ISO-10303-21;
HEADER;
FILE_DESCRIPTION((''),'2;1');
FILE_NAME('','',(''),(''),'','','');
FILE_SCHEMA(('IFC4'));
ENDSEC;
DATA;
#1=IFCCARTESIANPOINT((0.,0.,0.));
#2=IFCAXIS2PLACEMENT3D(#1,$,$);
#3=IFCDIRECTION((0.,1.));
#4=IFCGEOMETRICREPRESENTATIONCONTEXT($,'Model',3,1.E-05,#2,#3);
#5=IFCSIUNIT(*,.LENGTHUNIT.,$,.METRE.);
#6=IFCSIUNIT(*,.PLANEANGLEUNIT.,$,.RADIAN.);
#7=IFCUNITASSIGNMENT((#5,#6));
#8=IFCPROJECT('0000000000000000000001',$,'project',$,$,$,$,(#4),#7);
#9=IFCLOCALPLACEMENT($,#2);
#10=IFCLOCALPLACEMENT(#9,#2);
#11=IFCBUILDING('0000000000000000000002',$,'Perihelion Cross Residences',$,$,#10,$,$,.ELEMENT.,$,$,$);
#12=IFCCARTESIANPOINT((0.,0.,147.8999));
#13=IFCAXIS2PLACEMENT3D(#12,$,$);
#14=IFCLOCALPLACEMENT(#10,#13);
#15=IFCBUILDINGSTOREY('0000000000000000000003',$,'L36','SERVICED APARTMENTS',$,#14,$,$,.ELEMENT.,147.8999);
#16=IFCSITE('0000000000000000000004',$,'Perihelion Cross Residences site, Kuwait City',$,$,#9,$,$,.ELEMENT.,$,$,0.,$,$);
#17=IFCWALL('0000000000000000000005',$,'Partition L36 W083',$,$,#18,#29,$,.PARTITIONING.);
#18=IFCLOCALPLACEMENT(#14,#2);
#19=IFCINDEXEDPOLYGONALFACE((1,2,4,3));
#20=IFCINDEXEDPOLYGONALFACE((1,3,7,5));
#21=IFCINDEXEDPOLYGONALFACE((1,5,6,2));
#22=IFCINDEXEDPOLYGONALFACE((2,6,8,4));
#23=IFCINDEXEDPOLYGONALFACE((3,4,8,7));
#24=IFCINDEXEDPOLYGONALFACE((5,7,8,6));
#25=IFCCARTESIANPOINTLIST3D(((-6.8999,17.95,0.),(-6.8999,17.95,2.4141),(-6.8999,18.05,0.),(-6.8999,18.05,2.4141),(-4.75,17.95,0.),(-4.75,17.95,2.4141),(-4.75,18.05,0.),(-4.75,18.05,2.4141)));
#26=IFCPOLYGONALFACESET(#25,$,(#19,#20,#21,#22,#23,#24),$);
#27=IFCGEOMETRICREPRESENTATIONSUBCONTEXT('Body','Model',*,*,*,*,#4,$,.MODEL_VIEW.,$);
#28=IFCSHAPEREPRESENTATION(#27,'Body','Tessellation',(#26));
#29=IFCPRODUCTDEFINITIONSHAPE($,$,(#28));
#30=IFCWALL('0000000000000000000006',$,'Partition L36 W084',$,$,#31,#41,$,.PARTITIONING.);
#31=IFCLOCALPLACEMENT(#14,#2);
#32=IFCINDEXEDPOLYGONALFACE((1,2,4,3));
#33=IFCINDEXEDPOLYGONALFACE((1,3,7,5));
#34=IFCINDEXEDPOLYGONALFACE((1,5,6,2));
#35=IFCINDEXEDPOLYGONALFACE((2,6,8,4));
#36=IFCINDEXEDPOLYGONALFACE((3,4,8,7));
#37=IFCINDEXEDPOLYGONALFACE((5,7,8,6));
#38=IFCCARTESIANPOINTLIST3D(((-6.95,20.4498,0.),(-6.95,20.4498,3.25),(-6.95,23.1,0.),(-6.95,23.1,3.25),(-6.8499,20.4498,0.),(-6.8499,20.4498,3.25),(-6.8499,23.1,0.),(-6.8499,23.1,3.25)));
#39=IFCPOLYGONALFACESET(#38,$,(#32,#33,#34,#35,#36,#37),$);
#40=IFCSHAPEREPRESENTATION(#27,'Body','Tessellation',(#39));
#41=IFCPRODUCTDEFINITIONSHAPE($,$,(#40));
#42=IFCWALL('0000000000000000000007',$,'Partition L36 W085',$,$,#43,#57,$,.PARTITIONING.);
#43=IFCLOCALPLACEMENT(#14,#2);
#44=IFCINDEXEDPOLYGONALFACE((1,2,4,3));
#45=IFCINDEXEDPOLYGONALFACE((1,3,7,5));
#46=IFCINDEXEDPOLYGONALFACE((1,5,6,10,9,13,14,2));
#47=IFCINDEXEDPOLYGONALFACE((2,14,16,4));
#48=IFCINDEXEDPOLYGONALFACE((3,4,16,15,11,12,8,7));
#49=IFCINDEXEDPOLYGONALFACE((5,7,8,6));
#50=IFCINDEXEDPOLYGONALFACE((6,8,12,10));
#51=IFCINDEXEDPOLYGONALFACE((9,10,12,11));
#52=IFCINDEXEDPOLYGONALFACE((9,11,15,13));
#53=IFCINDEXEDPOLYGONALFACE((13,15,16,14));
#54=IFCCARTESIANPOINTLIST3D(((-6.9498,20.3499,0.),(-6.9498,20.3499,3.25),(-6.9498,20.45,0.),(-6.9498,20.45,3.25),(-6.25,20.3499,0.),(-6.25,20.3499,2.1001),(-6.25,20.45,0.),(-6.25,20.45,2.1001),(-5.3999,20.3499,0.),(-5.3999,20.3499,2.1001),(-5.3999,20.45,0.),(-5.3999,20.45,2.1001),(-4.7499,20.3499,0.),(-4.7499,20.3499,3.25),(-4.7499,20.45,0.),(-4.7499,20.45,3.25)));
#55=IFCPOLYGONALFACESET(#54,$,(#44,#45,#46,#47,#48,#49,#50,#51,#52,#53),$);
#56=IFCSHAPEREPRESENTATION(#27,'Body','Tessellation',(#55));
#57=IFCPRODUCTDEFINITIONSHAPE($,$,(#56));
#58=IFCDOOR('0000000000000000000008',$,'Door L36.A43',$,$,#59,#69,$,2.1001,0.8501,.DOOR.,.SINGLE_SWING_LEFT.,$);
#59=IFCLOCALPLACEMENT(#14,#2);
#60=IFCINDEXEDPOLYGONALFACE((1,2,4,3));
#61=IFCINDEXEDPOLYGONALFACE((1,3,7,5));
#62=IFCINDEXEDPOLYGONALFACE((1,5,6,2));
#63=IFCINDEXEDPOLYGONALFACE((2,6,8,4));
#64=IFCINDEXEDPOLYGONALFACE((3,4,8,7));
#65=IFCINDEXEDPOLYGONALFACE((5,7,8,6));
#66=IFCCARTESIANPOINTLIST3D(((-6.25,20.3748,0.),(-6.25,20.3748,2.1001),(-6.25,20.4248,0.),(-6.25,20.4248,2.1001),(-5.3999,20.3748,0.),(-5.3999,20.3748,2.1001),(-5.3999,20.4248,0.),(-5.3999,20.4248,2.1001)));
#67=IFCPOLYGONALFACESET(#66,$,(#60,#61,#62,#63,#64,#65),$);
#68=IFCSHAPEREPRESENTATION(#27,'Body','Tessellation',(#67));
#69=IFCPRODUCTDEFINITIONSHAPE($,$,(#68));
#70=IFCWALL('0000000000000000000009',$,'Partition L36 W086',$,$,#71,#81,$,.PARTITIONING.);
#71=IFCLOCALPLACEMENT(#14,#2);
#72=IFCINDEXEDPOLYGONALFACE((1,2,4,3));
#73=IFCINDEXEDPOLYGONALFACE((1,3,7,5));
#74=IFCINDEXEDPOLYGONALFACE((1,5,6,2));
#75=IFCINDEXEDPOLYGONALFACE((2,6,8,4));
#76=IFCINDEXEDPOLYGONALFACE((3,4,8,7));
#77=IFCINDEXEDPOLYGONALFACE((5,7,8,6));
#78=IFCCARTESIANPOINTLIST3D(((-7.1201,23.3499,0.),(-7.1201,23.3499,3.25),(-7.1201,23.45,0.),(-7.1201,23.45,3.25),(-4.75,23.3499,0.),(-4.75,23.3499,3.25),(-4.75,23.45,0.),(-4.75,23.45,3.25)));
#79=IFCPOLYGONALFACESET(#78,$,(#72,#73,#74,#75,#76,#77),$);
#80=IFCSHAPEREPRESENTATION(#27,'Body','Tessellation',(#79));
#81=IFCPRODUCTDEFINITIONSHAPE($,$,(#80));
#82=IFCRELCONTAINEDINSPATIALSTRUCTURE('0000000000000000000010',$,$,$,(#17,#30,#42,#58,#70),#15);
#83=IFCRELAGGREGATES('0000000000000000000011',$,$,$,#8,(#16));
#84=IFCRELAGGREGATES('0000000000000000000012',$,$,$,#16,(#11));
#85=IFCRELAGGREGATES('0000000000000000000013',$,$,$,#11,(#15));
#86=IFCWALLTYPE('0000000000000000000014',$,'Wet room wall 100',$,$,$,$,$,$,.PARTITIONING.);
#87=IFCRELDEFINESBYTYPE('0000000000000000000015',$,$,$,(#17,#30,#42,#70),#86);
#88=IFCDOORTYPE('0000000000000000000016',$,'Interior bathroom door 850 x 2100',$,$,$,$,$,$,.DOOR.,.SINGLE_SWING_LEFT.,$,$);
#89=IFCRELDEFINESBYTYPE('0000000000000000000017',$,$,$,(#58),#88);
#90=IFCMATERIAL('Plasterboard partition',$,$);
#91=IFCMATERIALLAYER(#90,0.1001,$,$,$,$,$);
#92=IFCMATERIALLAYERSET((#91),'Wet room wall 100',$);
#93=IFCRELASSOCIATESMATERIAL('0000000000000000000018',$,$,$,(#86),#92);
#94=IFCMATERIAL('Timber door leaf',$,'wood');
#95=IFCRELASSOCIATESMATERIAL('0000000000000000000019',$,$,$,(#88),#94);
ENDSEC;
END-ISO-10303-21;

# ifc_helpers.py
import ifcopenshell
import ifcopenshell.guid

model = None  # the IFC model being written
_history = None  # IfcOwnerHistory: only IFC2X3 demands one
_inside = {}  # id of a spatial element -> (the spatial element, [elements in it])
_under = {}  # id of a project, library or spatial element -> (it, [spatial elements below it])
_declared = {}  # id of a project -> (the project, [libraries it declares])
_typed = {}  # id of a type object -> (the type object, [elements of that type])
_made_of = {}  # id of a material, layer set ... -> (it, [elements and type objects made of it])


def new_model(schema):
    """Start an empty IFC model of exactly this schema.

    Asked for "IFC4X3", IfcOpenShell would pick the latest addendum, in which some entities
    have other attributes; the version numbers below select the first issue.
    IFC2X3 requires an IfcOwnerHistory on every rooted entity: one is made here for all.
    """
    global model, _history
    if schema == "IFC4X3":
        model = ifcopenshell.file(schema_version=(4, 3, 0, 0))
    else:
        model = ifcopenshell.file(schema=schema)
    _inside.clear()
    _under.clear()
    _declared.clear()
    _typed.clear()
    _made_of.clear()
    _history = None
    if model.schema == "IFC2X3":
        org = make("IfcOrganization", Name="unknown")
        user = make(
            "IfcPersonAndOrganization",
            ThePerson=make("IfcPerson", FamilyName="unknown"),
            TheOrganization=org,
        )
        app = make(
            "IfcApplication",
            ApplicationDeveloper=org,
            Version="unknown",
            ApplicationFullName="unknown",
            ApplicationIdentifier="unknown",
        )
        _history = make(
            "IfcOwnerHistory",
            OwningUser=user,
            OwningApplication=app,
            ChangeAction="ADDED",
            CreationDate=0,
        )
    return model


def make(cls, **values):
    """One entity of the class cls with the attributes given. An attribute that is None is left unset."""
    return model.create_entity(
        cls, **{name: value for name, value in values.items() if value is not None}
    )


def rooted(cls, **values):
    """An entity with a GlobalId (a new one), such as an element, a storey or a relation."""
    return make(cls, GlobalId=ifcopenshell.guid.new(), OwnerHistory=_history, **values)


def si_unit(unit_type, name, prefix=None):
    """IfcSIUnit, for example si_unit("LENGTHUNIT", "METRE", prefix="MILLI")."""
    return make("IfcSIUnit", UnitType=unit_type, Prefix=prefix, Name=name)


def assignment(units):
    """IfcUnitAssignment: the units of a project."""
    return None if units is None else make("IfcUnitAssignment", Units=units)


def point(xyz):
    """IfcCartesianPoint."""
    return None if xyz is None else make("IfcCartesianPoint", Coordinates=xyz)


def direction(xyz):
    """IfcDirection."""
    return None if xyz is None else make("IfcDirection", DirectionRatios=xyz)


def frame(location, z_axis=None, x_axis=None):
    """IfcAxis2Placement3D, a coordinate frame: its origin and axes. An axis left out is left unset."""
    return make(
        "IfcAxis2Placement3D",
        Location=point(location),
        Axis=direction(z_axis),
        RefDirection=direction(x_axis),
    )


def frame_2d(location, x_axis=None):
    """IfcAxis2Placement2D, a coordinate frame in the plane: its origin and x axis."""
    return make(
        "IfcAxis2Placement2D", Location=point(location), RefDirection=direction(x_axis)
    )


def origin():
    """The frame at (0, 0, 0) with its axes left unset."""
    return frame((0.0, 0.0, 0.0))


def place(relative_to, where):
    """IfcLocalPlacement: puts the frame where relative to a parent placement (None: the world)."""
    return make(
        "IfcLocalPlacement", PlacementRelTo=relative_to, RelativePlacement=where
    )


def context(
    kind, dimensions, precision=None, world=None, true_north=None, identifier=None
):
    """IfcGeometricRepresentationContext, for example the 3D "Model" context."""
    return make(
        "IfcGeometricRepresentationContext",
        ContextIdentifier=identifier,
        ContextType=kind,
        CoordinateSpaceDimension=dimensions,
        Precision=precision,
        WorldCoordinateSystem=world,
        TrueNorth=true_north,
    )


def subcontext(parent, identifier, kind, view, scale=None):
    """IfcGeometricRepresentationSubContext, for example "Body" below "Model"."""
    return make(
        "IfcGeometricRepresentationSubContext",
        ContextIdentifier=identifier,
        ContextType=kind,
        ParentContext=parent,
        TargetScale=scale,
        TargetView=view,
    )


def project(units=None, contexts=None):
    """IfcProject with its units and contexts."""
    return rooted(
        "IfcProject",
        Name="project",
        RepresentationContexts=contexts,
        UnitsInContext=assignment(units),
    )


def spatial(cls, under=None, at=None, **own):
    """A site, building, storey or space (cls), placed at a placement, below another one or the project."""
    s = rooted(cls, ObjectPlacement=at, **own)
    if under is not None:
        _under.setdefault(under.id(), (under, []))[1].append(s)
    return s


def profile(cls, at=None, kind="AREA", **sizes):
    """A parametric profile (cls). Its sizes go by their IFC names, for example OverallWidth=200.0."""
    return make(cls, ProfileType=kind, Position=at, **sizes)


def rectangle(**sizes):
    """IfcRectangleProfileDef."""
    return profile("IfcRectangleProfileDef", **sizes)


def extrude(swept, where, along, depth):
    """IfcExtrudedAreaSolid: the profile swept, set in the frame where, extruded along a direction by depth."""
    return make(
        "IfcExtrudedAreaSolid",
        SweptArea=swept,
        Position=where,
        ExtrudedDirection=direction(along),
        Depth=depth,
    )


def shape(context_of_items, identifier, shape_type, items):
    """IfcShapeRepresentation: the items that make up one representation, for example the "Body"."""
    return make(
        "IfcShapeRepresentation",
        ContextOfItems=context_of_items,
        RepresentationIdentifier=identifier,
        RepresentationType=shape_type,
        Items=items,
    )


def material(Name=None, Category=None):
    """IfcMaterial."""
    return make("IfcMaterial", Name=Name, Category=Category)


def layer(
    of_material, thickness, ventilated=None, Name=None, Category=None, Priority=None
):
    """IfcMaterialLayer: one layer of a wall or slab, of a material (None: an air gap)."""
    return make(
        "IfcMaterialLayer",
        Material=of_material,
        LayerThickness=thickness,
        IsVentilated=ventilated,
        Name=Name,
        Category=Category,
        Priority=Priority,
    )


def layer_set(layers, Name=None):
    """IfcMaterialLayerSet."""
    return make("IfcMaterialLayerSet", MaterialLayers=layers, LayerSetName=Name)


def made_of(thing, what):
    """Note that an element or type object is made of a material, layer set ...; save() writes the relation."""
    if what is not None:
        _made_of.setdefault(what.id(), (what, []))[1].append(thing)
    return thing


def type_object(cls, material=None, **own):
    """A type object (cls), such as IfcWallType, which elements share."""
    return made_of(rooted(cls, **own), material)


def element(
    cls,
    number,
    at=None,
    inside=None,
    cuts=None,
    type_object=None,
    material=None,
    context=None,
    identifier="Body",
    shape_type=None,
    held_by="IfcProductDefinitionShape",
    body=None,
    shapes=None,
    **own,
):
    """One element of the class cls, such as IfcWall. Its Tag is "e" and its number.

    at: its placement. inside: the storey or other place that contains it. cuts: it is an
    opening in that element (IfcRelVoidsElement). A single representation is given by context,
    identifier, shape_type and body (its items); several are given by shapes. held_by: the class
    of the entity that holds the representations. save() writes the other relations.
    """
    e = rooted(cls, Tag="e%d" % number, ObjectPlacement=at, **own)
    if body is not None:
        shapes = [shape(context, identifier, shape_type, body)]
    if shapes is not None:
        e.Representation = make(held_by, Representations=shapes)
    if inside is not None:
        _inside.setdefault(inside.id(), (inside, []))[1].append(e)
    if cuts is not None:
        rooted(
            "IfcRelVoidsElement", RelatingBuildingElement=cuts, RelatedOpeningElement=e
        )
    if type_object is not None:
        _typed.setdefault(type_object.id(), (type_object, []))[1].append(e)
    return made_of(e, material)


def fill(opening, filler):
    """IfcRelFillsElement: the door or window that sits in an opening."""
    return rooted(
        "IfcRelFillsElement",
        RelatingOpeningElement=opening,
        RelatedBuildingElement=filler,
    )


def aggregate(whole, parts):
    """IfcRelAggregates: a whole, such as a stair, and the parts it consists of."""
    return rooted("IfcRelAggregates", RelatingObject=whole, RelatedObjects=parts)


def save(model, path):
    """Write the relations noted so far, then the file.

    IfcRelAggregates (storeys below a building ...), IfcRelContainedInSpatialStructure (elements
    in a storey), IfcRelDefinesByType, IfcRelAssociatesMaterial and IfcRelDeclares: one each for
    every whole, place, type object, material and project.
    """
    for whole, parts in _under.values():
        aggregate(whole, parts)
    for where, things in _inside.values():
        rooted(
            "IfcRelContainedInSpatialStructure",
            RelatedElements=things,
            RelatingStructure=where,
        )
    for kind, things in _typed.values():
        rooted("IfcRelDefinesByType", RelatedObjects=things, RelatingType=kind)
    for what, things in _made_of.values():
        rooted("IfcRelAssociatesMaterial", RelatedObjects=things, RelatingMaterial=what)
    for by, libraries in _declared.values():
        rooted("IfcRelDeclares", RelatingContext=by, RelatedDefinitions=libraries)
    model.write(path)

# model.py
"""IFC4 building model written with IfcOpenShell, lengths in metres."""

from ifc_helpers import new_model, si_unit, direction, frame, frame_2d, origin, place, context, subcontext, project, spatial, rectangle, extrude, material, layer, layer_set, type_object, element, fill, save


model = new_model("IFC4")

# Units and contexts
model_context = context("Model", 3, precision=1e-05, world=origin(), true_north=direction((0.0, 1.0)))
body_context = subcontext(model_context, "Body", "Model", "MODEL_VIEW")
ifc_project = project(units=[si_unit("LENGTHUNIT", "METRE"), si_unit("PLANEANGLEUNIT", "RADIAN")], contexts=[model_context])

# Site, building, storey
site_placement = place(None, origin())
site = spatial("IfcSite", under=ifc_project, at=site_placement, Name="Perihelion Cross Residences site, Kuwait City", CompositionType="ELEMENT", RefElevation=0.0)
building_placement = place(site_placement, origin())
building = spatial("IfcBuilding", under=site, at=building_placement, Name="Perihelion Cross Residences", CompositionType="ELEMENT")
storey_placement = place(building_placement, frame((0.0, 0.0, 147.8999)))
storey = spatial("IfcBuildingStorey", under=building, at=storey_placement, Name="L36", Description="SERVICED APARTMENTS", CompositionType="ELEMENT", Elevation=147.8999)

# Walls
ifc_material_1 = material(Name="Plasterboard partition")
ifc_layer_1 = layer(ifc_material_1, 0.1001)
ifc_layer_set_1 = layer_set([ifc_layer_1], Name="Wet room wall 100")
wall_type_1 = type_object("IfcWallType", Name="Wet room wall 100", PredefinedType="PARTITIONING", material=ifc_layer_set_1)
wall_1_placement = place(storey_placement, frame((-6.8999, 18.0, 0.0), z_axis=(0.0, 0.0, 1.0), x_axis=(1.0, 0.0, 0.0)))
element("IfcWall", 1, at=wall_1_placement, inside=storey, type_object=wall_type_1, Name="Partition L36 W083", PredefinedType="PARTITIONING", context=body_context, shape_type="SweptSolid", body=[
    extrude(rectangle(XDim=2.1499, YDim=0.1001, at=frame_2d((1.075, 0.0))), origin(), (0.0, 0.0, 1.0), 2.4141),
])
wall_2_placement = place(storey_placement, frame((-6.8999, 23.1001, 0.0), z_axis=(0.0, 0.0, 1.0), x_axis=(0.0, -1.0, 0.0)))
element("IfcWall", 2, at=wall_2_placement, inside=storey, type_object=wall_type_1, Name="Partition L36 W084", PredefinedType="PARTITIONING", context=body_context, shape_type="SweptSolid", body=[
    extrude(rectangle(XDim=2.6501, YDim=0.1001, at=frame_2d((1.3252, 0.0))), origin(), (0.0, 0.0, 1.0), 3.25),
])

# Wall, opening, door
wall_3_placement = place(storey_placement, frame((-6.95, 20.3999, 0.0), z_axis=(0.0, 0.0, 1.0), x_axis=(1.0, 0.0, 0.0)))
wall_3 = element("IfcWall", 3, at=wall_3_placement, inside=storey, type_object=wall_type_1, Name="Partition L36 W085", PredefinedType="PARTITIONING", context=body_context, shape_type="SweptSolid", body=[
    extrude(rectangle(XDim=2.2, YDim=0.1001, at=frame_2d((1.1001, 0.0))), origin(), (0.0, 0.0, 1.0), 3.25),
])
opening_1_placement = place(wall_3_placement, frame((0.7, 0.0, 0.0)))
opening_1 = element("IfcOpeningElement", 4, at=opening_1_placement, cuts=wall_3, PredefinedType="OPENING", context=body_context, shape_type="SweptSolid", body=[
    extrude(rectangle(XDim=0.8501, YDim=2.1001, at=frame_2d((0.425, 1.05))), frame((0.0, 0.0601, 0.0), z_axis=(0.0, -1.0, 0.0), x_axis=(1.0, 0.0, 0.0)), (0.0, 0.0, 1.0), 0.1201),
])
ifc_material_2 = material(Name="Timber door leaf", Category="wood")
door_type_1 = type_object("IfcDoorType", Name="Interior bathroom door 850 x 2100", OperationType="SINGLE_SWING_LEFT", PredefinedType="DOOR", material=ifc_material_2)
door_1_placement = place(opening_1_placement, origin())
door_1 = element("IfcDoor", 5, at=door_1_placement, inside=storey, type_object=door_type_1, Name="Door L36.A43", OperationType="SINGLE_SWING_LEFT", OverallHeight=2.1001, OverallWidth=0.8501, PredefinedType="DOOR", context=body_context, shape_type="SweptSolid", body=[
    extrude(rectangle(XDim=0.8501, YDim=2.1001, at=frame_2d((0.425, 1.05))), frame((0.0, 0.0249, 0.0), z_axis=(0.0, -1.0, 0.0), x_axis=(1.0, 0.0, 0.0)), (0.0, 0.0, 1.0), 0.05),
])
fill(opening_1, door_1)

# Wall
wall_4_placement = place(storey_placement, frame((-7.1201, 23.3999, 0.0), z_axis=(0.0, 0.0, 1.0), x_axis=(1.0, 0.0, 0.0)))
element("IfcWall", 6, at=wall_4_placement, inside=storey, type_object=wall_type_1, Name="Partition L36 W086", PredefinedType="PARTITIONING", context=body_context, shape_type="SweptSolid", body=[
    extrude(rectangle(XDim=2.3701, YDim=0.1001, at=frame_2d((1.1851, 0.0))), origin(), (0.0, 0.0, 1.0), 3.25),
])

save(model, "model.ifc")
